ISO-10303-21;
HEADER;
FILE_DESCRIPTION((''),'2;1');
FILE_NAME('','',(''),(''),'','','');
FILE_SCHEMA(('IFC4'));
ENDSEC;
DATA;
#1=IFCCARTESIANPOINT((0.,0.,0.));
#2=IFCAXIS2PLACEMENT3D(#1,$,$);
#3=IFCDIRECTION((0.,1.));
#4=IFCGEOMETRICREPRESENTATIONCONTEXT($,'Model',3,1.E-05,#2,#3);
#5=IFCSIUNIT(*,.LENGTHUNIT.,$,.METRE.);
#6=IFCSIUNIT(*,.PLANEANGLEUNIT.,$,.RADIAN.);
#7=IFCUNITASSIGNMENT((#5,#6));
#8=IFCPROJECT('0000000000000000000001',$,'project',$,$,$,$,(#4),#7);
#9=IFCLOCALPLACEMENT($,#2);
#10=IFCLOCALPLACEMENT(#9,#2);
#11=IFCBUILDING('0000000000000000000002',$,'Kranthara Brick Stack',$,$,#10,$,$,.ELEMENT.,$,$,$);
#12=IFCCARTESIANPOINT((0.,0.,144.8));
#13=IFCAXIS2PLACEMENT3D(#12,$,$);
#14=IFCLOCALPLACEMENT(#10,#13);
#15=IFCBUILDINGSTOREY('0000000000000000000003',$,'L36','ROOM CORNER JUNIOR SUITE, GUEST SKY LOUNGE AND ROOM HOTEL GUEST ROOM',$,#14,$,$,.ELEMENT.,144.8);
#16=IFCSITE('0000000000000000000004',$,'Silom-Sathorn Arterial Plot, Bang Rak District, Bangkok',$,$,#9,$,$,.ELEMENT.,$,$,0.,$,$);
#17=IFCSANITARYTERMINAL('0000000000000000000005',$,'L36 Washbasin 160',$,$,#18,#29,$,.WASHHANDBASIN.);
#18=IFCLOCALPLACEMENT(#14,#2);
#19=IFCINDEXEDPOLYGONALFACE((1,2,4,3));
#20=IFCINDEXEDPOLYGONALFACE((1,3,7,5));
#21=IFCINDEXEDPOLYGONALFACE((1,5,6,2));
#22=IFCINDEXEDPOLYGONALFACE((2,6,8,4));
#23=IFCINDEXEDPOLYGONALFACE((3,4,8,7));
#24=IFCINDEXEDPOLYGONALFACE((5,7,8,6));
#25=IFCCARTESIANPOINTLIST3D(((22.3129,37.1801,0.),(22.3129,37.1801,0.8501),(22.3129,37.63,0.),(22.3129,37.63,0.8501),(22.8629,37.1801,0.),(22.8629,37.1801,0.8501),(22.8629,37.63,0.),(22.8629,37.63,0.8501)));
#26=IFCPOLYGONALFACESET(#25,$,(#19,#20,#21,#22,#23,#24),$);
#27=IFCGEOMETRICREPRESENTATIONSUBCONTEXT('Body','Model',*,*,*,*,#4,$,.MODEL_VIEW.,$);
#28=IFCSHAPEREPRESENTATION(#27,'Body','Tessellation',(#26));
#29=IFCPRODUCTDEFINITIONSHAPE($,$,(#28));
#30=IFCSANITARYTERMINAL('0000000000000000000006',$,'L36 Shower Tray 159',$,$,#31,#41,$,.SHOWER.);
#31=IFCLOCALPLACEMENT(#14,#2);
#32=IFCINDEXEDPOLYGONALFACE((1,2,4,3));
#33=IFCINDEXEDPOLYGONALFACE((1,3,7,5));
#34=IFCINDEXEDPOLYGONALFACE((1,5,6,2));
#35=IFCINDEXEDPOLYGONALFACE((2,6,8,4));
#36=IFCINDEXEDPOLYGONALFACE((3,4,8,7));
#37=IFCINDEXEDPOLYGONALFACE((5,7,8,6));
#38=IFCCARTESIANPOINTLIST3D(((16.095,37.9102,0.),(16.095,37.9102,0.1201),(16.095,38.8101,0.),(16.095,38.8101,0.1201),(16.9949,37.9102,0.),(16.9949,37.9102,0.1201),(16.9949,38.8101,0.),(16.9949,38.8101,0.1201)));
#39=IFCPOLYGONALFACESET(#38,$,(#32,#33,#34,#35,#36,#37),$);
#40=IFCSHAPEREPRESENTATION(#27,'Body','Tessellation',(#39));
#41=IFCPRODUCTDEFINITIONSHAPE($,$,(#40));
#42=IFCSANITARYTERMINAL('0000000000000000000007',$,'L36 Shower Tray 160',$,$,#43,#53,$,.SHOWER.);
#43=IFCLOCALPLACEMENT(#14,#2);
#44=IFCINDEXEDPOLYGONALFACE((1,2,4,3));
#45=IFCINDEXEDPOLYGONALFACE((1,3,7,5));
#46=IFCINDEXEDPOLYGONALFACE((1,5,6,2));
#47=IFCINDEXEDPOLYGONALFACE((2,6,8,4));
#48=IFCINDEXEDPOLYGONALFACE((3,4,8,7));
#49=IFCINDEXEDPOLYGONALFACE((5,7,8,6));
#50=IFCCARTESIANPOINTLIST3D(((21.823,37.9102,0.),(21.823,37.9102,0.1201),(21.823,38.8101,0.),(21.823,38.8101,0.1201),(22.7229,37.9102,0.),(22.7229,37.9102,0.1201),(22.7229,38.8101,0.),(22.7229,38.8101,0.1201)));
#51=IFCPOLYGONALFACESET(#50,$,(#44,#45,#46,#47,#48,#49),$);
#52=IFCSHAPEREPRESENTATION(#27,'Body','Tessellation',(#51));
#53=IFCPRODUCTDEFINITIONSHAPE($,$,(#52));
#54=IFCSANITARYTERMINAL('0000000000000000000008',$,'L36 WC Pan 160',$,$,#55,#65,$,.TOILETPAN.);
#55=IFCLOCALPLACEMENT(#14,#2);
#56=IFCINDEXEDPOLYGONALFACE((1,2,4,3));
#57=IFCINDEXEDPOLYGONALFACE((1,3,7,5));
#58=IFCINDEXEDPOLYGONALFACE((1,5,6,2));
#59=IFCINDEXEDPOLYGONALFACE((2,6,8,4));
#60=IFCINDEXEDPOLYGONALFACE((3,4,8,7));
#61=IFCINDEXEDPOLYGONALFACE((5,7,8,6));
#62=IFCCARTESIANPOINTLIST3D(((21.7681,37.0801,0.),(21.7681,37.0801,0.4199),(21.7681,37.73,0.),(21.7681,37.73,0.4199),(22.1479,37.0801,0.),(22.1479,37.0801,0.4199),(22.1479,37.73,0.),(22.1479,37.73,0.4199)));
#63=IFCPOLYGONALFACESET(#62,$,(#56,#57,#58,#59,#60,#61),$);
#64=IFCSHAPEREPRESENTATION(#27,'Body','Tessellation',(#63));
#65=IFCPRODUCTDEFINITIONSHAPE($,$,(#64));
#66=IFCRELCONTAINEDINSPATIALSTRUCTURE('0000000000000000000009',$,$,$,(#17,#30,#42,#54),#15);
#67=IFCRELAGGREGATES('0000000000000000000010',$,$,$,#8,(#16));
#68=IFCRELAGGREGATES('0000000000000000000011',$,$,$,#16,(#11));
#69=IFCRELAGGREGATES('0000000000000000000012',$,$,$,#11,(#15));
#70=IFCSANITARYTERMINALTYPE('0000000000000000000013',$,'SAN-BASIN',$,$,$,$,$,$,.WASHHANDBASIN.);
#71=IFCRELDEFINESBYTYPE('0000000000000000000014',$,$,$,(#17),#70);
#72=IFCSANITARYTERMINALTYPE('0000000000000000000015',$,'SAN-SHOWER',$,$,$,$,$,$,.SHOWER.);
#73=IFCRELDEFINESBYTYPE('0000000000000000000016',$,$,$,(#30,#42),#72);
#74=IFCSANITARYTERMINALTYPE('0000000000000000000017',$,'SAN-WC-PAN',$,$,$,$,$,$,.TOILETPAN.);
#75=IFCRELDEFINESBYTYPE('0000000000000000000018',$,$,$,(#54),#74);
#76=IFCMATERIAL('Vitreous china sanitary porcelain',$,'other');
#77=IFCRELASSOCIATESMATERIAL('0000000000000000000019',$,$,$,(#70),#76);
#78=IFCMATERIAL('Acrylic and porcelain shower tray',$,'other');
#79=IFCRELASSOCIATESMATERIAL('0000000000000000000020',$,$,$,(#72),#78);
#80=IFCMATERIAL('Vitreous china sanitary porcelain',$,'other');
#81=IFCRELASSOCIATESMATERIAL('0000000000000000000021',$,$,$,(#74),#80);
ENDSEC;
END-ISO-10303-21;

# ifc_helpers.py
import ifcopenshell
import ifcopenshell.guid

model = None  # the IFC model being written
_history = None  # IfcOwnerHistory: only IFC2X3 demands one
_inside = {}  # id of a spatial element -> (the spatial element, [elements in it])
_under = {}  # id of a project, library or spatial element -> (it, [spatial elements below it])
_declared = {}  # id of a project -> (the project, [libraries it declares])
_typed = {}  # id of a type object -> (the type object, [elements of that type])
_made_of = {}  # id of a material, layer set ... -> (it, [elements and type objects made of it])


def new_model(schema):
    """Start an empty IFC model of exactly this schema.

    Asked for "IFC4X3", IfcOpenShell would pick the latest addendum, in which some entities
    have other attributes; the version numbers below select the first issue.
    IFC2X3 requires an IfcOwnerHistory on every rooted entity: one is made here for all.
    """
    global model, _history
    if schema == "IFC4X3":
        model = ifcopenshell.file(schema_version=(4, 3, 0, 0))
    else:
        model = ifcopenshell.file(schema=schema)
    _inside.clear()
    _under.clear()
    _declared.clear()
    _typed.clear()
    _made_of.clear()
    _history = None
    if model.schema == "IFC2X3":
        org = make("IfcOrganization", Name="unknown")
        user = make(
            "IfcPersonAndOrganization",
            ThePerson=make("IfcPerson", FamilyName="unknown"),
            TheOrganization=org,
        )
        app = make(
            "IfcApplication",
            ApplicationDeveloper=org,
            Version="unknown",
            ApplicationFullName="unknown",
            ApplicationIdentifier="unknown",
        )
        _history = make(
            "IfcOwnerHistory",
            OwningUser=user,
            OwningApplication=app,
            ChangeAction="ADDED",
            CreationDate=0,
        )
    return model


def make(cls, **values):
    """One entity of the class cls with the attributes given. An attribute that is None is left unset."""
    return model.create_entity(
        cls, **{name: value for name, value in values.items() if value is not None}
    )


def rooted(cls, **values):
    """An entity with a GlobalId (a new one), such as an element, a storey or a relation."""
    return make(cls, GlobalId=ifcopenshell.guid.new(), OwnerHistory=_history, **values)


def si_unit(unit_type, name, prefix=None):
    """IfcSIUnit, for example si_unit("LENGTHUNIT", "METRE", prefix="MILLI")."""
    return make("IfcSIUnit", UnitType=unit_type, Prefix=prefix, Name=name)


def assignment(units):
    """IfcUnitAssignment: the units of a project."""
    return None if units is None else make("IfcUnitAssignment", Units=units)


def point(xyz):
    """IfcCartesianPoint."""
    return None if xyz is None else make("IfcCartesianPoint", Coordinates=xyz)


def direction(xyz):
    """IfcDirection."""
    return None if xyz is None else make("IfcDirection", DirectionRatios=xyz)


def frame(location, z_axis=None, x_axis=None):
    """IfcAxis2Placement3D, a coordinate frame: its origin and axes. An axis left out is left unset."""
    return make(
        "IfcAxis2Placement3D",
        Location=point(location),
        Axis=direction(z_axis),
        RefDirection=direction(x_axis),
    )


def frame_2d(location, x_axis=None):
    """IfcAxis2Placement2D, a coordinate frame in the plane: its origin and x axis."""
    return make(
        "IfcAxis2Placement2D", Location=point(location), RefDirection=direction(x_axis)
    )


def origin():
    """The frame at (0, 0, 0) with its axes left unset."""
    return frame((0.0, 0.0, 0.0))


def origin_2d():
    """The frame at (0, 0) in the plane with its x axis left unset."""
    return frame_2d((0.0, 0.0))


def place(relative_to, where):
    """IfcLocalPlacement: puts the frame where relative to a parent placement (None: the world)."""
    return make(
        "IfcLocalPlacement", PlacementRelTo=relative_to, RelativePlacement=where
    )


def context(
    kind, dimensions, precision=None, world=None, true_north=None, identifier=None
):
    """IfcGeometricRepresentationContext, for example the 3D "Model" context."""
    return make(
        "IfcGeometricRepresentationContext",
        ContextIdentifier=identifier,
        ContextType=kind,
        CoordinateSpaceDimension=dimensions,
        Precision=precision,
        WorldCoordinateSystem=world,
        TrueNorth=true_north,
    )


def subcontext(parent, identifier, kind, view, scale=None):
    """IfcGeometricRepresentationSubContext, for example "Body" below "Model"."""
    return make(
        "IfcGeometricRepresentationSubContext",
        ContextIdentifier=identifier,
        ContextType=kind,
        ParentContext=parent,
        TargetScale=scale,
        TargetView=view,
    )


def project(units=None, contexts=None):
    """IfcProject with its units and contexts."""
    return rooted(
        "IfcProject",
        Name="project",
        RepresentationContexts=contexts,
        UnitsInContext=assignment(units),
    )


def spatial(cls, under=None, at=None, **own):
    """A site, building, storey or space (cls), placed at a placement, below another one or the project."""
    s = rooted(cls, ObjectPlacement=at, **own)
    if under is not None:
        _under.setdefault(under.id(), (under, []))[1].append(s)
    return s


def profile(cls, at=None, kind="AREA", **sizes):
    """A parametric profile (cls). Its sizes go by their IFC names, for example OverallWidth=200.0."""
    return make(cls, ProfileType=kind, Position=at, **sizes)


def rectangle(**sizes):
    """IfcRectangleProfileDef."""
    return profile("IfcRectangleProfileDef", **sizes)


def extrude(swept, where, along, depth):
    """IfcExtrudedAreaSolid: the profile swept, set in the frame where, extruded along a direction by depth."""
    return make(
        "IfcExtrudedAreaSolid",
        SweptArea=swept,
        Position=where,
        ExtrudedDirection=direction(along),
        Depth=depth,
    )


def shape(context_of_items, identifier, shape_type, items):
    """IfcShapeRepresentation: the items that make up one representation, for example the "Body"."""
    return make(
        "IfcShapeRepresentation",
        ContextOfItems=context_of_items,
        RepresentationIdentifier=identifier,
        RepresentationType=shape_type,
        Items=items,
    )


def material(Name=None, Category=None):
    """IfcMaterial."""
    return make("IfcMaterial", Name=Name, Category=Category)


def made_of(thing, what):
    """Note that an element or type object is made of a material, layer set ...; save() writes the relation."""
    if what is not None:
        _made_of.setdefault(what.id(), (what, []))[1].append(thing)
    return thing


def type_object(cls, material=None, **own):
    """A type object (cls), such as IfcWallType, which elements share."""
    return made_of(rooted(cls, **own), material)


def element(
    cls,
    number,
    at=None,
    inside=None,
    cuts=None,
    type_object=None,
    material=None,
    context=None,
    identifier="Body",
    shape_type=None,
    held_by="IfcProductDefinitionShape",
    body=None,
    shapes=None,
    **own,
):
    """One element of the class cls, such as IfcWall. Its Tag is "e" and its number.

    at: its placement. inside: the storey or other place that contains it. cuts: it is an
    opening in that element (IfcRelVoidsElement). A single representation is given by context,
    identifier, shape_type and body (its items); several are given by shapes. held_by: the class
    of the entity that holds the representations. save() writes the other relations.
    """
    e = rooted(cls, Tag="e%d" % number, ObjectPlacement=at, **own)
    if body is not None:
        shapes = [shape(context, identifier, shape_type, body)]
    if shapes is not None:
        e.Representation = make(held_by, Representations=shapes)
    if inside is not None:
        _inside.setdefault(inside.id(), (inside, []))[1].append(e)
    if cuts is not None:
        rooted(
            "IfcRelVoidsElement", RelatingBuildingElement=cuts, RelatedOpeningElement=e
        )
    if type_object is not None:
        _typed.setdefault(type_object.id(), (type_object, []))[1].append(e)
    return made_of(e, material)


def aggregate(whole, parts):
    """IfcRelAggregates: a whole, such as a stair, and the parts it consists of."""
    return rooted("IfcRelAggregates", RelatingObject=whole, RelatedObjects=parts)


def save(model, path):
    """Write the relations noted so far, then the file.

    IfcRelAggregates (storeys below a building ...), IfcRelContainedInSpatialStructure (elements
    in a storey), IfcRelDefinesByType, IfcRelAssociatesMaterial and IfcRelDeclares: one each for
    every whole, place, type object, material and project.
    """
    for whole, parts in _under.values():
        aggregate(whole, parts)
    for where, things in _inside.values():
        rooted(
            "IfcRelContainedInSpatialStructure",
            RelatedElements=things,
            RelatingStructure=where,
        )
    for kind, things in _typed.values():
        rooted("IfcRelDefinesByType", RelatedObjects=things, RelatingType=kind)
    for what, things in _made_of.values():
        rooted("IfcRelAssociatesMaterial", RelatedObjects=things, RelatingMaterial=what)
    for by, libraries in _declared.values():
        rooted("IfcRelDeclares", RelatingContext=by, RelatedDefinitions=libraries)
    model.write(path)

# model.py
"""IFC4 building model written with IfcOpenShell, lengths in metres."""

from ifc_helpers import new_model, si_unit, direction, frame, origin, origin_2d, place, context, subcontext, project, spatial, rectangle, extrude, material, type_object, element, save


model = new_model("IFC4")

# Units and contexts
model_context = context("Model", 3, precision=1e-05, world=origin(), true_north=direction((0.0, 1.0)))
body_context = subcontext(model_context, "Body", "Model", "MODEL_VIEW")
ifc_project = project(units=[si_unit("LENGTHUNIT", "METRE"), si_unit("PLANEANGLEUNIT", "RADIAN")], contexts=[model_context])

# Site, building, storey
site_placement = place(None, origin())
site = spatial("IfcSite", under=ifc_project, at=site_placement, Name="Silom-Sathorn Arterial Plot, Bang Rak District, Bangkok", CompositionType="ELEMENT", RefElevation=0.0)
building_placement = place(site_placement, origin())
building = spatial("IfcBuilding", under=site, at=building_placement, Name="Kranthara Brick Stack", CompositionType="ELEMENT")
storey_placement = place(building_placement, frame((0.0, 0.0, 144.8)))
storey = spatial("IfcBuildingStorey", under=building, at=storey_placement, Name="L36", Description="ROOM CORNER JUNIOR SUITE, GUEST SKY LOUNGE AND ROOM HOTEL GUEST ROOM", CompositionType="ELEMENT", Elevation=144.8)

# Sanitary terminals
ifc_material_1 = material(Name="Vitreous china sanitary porcelain", Category="other")
sanitary_terminal_type_1 = type_object("IfcSanitaryTerminalType", Name="SAN-BASIN", PredefinedType="WASHHANDBASIN", material=ifc_material_1)
for number, where, z_axis, x_axis, name in (
    (1, (22.5879, 37.405, 0.0), (0.0, 0.0, 1.0), (1.0, 0.0, 0.0), "L36 Washbasin 160"),
):
    element("IfcSanitaryTerminal", number, at=place(storey_placement, frame(where, z_axis=z_axis, x_axis=x_axis)), inside=storey, type_object=sanitary_terminal_type_1, Name=name, PredefinedType="WASHHANDBASIN", context=body_context, shape_type="SweptSolid", body=[
        extrude(rectangle(XDim=0.55, YDim=0.45, at=origin_2d()), origin(), (0.0, 0.0, 1.0), 0.8501),
    ])
ifc_material_2 = material(Name="Acrylic and porcelain shower tray", Category="other")
sanitary_terminal_type_2 = type_object("IfcSanitaryTerminalType", Name="SAN-SHOWER", PredefinedType="SHOWER", material=ifc_material_2)
for number, where, z_axis, x_axis, name in (
    (2, (16.5449, 38.3601, 0.0), (0.0, 0.0, 1.0), (1.0, 0.0, 0.0), "L36 Shower Tray 159"),
    (3, (22.2729, 38.3601, 0.0), (0.0, 0.0, 1.0), (1.0, 0.0, 0.0), "L36 Shower Tray 160"),
):
    element("IfcSanitaryTerminal", number, at=place(storey_placement, frame(where, z_axis=z_axis, x_axis=x_axis)), inside=storey, type_object=sanitary_terminal_type_2, Name=name, PredefinedType="SHOWER", context=body_context, shape_type="SweptSolid", body=[
        extrude(rectangle(XDim=0.8999, YDim=0.8999, at=origin_2d()), origin(), (0.0, 0.0, 1.0), 0.1201),
    ])
ifc_material_3 = material(Name="Vitreous china sanitary porcelain", Category="other")
sanitary_terminal_type_3 = type_object("IfcSanitaryTerminalType", Name="SAN-WC-PAN", PredefinedType="TOILETPAN", material=ifc_material_3)
sanitary_terminal_placement = place(storey_placement, frame((21.958, 37.405, 0.0), z_axis=(0.0, 0.0, 1.0), x_axis=(1.0, 0.0, 0.0)))
element("IfcSanitaryTerminal", 4, at=sanitary_terminal_placement, inside=storey, type_object=sanitary_terminal_type_3, Name="L36 WC Pan 160", PredefinedType="TOILETPAN", context=body_context, shape_type="SweptSolid", body=[
    extrude(rectangle(XDim=0.3799, YDim=0.6499, at=origin_2d()), origin(), (0.0, 0.0, 1.0), 0.4199),
])

save(model, "model.ifc")
